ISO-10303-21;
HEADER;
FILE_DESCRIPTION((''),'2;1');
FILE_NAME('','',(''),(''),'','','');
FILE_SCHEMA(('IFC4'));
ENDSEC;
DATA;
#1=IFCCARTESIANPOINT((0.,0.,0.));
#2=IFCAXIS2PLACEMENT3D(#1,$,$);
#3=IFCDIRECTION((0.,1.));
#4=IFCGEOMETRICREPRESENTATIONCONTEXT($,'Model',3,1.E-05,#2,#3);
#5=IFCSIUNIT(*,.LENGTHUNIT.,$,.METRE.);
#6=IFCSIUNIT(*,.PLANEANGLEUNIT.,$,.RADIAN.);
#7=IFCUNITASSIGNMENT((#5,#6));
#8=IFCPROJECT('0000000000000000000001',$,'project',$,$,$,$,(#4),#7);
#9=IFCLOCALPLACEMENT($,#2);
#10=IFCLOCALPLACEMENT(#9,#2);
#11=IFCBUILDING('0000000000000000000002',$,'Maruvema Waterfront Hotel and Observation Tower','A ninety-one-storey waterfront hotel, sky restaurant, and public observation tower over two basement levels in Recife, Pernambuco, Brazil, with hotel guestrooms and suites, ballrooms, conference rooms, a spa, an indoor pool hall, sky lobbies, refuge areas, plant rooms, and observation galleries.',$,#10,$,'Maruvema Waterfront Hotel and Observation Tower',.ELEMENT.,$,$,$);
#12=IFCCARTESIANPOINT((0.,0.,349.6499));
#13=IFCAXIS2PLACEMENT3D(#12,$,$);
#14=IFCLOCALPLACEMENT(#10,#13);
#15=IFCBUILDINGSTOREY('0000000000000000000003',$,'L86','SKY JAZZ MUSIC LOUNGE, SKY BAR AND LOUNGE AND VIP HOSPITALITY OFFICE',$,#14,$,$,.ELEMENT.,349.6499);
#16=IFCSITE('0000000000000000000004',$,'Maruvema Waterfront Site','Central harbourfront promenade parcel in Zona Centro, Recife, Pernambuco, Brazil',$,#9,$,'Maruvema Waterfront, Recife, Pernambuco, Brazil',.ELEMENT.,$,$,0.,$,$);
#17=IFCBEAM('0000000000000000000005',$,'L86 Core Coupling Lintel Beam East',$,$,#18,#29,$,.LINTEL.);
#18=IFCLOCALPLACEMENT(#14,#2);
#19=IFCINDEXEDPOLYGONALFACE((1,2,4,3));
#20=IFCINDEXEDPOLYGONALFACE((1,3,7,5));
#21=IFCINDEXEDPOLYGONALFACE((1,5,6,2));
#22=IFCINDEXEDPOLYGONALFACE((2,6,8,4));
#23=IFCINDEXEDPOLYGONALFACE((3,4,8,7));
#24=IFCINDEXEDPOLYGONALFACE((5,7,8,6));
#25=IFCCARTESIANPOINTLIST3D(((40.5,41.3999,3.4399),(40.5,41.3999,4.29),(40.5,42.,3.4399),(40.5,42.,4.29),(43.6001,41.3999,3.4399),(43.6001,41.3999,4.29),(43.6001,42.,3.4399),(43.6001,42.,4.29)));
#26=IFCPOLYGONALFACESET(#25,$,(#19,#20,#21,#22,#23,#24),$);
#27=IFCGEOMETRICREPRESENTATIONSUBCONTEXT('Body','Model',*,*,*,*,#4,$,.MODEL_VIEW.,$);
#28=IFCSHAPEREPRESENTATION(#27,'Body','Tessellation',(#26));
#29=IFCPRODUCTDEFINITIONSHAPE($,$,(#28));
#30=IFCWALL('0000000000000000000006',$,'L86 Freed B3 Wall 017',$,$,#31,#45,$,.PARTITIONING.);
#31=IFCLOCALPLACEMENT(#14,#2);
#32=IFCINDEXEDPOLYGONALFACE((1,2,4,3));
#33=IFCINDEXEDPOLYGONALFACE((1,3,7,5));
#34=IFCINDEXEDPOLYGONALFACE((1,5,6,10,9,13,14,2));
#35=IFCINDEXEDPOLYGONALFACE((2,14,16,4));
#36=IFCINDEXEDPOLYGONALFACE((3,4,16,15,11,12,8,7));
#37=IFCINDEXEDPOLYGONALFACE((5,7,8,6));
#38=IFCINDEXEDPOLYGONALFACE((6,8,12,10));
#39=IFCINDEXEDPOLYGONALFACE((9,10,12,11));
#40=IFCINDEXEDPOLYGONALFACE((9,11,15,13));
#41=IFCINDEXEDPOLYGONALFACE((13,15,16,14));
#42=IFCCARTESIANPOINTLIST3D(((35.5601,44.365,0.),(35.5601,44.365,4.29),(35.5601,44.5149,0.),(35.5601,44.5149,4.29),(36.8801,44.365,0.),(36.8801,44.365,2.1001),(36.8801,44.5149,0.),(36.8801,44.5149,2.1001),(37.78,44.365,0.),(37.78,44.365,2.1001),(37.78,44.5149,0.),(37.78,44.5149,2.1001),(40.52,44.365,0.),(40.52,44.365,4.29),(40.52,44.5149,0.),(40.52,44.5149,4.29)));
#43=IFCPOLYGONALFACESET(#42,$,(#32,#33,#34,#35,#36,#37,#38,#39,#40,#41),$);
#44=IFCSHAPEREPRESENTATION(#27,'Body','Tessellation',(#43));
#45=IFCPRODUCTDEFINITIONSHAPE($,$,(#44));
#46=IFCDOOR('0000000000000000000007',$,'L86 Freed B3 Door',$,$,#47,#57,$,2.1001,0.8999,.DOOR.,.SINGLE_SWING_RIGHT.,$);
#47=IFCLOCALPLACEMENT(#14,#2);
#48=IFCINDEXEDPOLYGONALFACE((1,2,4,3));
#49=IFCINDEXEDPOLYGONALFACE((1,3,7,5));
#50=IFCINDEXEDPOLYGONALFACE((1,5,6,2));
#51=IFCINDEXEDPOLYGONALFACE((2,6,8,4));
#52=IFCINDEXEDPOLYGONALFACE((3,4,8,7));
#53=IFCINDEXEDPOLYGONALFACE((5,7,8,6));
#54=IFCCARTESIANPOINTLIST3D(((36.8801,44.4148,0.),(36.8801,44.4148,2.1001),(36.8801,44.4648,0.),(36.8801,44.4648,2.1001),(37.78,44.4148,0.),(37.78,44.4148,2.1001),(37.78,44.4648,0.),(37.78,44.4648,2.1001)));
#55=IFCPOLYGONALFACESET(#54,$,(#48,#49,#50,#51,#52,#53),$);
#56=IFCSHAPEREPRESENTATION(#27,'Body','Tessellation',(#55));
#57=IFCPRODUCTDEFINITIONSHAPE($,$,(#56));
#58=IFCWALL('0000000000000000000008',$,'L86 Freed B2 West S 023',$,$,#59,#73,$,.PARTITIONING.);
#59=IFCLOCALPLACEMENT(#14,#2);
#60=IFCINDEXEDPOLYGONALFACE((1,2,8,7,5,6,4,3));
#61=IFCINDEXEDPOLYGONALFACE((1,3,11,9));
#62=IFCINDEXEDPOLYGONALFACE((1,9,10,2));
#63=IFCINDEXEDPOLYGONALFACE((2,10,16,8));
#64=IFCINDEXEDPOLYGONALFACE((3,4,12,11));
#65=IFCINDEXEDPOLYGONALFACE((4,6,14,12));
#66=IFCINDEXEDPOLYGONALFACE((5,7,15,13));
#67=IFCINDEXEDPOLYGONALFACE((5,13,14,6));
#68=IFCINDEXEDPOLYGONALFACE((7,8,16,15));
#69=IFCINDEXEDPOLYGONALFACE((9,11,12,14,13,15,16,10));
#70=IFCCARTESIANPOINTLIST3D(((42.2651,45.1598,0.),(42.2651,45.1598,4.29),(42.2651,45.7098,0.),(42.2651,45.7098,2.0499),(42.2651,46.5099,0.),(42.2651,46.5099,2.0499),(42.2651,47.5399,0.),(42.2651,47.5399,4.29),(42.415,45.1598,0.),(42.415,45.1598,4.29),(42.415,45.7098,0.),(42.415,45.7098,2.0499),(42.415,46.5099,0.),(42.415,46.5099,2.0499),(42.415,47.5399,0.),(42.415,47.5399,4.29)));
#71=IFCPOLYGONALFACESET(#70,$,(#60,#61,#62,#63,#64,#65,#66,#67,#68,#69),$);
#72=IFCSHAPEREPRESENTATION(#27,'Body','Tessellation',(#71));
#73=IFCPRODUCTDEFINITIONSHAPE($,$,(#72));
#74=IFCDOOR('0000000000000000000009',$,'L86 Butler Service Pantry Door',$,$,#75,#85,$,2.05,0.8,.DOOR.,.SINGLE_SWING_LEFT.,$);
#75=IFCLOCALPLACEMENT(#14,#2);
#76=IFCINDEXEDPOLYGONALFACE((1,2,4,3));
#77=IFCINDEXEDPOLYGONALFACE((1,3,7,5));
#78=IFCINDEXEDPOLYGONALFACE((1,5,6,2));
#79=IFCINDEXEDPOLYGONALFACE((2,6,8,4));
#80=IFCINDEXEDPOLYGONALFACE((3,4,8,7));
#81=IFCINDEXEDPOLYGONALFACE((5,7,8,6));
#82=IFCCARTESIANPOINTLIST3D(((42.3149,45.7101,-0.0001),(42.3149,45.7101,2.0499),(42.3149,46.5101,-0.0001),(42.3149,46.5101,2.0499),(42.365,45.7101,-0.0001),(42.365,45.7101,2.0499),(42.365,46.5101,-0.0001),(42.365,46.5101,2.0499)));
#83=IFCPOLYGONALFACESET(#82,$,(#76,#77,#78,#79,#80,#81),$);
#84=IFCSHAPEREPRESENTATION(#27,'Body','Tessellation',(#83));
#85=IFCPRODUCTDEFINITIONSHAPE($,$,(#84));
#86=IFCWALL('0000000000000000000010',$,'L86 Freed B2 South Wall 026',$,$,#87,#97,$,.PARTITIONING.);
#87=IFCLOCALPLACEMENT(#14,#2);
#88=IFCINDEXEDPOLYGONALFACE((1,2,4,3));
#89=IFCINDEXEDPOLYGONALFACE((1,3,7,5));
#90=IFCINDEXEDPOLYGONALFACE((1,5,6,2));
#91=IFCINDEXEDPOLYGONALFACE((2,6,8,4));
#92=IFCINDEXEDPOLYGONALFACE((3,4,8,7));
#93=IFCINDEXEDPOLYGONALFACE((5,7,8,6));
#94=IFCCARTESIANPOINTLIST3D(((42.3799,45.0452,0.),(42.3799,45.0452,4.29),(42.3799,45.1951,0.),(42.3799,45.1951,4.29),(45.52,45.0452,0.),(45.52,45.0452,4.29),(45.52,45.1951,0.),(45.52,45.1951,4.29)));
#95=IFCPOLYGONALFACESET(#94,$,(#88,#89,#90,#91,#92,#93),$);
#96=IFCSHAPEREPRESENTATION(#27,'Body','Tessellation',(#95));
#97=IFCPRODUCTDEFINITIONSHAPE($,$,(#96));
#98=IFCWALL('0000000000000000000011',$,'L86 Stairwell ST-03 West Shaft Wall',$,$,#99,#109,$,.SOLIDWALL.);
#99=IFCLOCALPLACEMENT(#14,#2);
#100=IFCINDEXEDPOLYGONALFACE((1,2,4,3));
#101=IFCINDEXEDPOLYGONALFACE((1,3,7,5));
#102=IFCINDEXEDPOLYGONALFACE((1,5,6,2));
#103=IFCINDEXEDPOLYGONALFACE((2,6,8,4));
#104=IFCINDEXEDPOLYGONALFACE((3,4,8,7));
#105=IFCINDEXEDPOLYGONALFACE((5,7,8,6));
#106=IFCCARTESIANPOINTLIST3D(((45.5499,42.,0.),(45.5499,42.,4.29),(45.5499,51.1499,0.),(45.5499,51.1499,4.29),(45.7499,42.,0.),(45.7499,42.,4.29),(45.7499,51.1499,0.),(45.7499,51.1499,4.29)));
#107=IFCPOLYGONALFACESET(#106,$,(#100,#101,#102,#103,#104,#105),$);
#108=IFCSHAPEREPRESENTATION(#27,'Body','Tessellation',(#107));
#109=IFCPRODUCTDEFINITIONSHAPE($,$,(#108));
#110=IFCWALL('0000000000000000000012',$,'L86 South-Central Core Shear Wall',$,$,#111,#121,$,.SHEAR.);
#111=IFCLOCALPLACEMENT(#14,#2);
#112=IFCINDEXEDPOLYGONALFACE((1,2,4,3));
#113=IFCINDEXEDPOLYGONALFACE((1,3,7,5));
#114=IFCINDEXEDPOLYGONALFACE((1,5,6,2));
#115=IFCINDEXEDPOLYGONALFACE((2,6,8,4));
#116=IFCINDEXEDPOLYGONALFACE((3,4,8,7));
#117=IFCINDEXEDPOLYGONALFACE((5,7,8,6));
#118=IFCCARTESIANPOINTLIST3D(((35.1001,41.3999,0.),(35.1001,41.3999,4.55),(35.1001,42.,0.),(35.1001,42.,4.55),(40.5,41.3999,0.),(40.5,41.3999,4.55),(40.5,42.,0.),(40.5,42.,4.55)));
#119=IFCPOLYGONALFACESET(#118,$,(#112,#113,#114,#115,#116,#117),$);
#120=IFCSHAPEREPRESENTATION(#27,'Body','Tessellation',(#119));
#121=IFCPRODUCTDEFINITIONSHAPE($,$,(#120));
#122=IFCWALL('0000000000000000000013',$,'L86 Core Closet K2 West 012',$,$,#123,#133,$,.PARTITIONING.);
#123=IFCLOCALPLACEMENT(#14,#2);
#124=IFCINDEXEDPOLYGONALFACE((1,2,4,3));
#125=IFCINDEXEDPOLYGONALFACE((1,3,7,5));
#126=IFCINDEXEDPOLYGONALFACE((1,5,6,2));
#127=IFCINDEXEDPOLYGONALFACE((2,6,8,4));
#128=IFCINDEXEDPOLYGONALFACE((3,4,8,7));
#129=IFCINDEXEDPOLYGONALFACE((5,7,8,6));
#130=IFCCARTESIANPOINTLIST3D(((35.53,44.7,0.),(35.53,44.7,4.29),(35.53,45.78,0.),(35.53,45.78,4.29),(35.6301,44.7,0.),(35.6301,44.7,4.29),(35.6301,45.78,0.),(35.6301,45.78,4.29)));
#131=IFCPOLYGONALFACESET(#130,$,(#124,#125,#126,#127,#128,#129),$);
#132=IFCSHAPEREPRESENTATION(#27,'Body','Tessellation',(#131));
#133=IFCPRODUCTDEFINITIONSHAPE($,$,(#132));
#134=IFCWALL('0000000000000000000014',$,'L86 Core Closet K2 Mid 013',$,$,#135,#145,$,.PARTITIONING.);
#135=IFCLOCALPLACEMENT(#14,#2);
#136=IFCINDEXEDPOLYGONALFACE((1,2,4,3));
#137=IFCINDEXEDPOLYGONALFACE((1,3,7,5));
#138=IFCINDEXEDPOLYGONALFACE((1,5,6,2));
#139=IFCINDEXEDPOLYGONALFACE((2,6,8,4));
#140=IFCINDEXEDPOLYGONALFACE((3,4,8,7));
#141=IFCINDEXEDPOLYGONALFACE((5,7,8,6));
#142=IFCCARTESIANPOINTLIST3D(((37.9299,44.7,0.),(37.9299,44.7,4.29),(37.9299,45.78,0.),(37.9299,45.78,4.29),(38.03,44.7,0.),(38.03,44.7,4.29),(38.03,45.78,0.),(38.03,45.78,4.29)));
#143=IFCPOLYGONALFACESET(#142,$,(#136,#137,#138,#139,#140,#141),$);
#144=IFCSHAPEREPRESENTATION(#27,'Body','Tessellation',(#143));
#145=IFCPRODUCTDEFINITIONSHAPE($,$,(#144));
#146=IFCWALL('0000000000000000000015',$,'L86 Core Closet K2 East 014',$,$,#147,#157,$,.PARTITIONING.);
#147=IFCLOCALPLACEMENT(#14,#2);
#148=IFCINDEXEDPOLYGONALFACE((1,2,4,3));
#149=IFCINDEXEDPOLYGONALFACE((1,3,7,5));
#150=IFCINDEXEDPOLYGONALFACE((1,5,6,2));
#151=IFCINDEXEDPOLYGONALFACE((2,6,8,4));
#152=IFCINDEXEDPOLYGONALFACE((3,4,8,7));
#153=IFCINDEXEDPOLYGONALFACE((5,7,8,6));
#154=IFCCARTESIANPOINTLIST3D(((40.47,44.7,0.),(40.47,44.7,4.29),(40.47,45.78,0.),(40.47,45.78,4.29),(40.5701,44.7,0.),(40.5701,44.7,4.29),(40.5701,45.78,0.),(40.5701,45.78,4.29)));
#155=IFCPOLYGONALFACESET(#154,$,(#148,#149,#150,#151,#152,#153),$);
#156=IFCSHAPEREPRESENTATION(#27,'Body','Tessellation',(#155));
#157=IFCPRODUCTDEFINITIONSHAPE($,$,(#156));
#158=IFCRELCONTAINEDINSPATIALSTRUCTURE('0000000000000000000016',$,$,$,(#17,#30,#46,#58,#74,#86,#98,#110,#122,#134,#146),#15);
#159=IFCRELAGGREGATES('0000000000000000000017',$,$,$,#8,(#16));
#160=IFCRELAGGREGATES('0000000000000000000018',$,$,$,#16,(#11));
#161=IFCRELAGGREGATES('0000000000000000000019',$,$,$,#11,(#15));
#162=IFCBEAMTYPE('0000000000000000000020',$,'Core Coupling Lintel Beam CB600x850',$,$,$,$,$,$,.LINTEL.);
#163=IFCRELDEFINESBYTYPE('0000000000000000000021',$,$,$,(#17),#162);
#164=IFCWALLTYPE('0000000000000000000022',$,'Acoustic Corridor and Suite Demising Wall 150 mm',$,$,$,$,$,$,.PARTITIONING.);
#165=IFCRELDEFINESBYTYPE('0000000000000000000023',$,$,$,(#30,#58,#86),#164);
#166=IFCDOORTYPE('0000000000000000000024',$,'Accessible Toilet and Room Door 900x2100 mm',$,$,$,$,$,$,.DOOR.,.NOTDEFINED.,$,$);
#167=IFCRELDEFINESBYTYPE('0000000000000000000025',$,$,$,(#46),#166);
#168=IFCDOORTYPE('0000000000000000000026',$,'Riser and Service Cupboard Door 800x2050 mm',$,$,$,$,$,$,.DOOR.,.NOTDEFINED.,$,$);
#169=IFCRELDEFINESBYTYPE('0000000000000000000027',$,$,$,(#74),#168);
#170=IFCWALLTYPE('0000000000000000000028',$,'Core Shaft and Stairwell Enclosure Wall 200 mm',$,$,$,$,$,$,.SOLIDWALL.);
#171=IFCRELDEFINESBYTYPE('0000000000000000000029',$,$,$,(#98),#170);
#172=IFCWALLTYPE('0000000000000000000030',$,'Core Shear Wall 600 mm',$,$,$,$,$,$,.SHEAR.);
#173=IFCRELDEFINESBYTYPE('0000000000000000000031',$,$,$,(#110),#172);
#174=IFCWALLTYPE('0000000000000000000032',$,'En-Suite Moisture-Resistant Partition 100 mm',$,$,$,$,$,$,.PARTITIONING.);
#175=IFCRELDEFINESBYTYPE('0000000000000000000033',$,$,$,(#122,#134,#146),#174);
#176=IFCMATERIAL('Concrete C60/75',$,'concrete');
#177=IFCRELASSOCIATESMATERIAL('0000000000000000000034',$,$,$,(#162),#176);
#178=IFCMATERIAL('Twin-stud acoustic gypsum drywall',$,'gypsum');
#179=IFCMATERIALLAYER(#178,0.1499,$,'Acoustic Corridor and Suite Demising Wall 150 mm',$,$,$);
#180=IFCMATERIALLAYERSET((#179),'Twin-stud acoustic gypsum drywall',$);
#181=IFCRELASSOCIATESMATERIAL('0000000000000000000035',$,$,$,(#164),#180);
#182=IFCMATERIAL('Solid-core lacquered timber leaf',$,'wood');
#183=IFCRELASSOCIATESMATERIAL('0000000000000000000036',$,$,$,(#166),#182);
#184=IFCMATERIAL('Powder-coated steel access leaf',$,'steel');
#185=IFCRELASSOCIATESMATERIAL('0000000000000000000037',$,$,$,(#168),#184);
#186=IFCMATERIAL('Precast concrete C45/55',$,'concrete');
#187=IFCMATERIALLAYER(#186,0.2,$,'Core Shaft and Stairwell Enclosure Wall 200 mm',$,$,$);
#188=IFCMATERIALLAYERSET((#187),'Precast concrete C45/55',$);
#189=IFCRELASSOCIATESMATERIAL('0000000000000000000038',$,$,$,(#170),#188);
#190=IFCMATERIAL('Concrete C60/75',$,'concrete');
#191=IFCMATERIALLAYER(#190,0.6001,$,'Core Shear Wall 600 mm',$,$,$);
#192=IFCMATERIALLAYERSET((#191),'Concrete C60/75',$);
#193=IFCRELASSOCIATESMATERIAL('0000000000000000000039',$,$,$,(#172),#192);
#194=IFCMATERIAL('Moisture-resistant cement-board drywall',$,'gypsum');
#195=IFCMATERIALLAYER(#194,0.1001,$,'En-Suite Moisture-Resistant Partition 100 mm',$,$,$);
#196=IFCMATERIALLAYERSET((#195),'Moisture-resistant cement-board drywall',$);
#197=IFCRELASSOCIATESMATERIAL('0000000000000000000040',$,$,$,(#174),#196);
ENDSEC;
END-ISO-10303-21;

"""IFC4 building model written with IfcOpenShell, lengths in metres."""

from ifc_helpers import new_model, si_unit, direction, frame, frame_2d, origin, origin_2d, place, context, subcontext, project, spatial, rectangle, extrude, material, layer, layer_set, material_profile, profile_set, type_object, element, fill, save


model = new_model("IFC4")

# Units and contexts
model_context = context("Model", 3, precision=1e-05, world=origin(), true_north=direction((0.0, 1.0)))
body_context = subcontext(model_context, "Body", "Model", "MODEL_VIEW")
ifc_project = project(units=[si_unit("LENGTHUNIT", "METRE"), si_unit("PLANEANGLEUNIT", "RADIAN")], contexts=[model_context])

# Site, building, storey
site_placement = place(None, origin())
site = spatial("IfcSite", under=ifc_project, at=site_placement, Name="Maruvema Waterfront Site", Description="Central harbourfront promenade parcel in Zona Centro, Recife, Pernambuco, Brazil", LongName="Maruvema Waterfront, Recife, Pernambuco, Brazil", CompositionType="ELEMENT", RefElevation=0.0)
building_placement = place(site_placement, origin())
building = spatial("IfcBuilding", under=site, at=building_placement, Name="Maruvema Waterfront Hotel and Observation Tower", Description="A ninety-one-storey waterfront hotel, sky restaurant, and public observation tower over two basement levels in Recife, Pernambuco, Brazil, with hotel guestrooms and suites, ballrooms, conference rooms, a spa, an indoor pool hall, sky lobbies, refuge areas, plant rooms, and observation galleries.", LongName="Maruvema Waterfront Hotel and Observation Tower", CompositionType="ELEMENT")
storey_placement = place(building_placement, frame((0.0, 0.0, 349.6499)))
storey = spatial("IfcBuildingStorey", under=building, at=storey_placement, Name="L86", Description="SKY JAZZ MUSIC LOUNGE, SKY BAR AND LOUNGE AND VIP HOSPITALITY OFFICE", CompositionType="ELEMENT", Elevation=349.6499)

# Beam
ifc_material_1 = material(Name="Concrete C60/75", Category="concrete")
ifc_material_profile = material_profile(ifc_material_1, rectangle(XDim=0.6001, YDim=0.8501, at=origin_2d()), Name="CB600x850")
ifc_profile_set = profile_set([ifc_material_profile], Name="Concrete C60/75")
beam_type = type_object("IfcBeamType", Name="Core Coupling Lintel Beam CB600x850", PredefinedType="LINTEL", material=ifc_profile_set)
beam_placement = place(storey_placement, frame((40.5, 41.7, 3.865), z_axis=(1.0, 0.0, 0.0), x_axis=(0.0, 1.0, 0.0)))
element("IfcBeam", 1, at=beam_placement, inside=storey, type_object=beam_type, Name="L86 Core Coupling Lintel Beam East", PredefinedType="LINTEL", context=body_context, shape_type="SweptSolid", body=[
    extrude(rectangle(XDim=0.6001, YDim=0.8501, at=origin_2d()), origin(), (0.0, 0.0, 1.0), 3.1001),
])

# Walls, openings, doors
ifc_material_2 = material(Name="Twin-stud acoustic gypsum drywall", Category="gypsum")
ifc_layer_1 = layer(ifc_material_2, 0.1499, Name="Acoustic Corridor and Suite Demising Wall 150 mm")
ifc_layer_set_1 = layer_set([ifc_layer_1], Name="Twin-stud acoustic gypsum drywall")
wall_type_1 = type_object("IfcWallType", Name="Acoustic Corridor and Suite Demising Wall 150 mm", PredefinedType="PARTITIONING", material=ifc_layer_set_1)
wall_1_placement = place(storey_placement, frame((35.5601, 44.4399, 0.0), z_axis=(0.0, 0.0, 1.0), x_axis=(1.0, 0.0, 0.0)))
wall_1 = element("IfcWall", 2, at=wall_1_placement, inside=storey, type_object=wall_type_1, Name="L86 Freed B3 Wall 017", PredefinedType="PARTITIONING", context=body_context, shape_type="SweptSolid", body=[
    extrude(rectangle(XDim=4.96, YDim=0.1499, at=frame_2d((2.48, 0.0))), origin(), (0.0, 0.0, 1.0), 4.29),
])
opening_1_placement = place(wall_1_placement, frame((1.3201, 0.0, 0.0)))
opening_1 = element("IfcOpeningElement", 3, at=opening_1_placement, cuts=wall_1, PredefinedType="OPENING", context=body_context, shape_type="SweptSolid", body=[
    extrude(rectangle(XDim=0.8999, YDim=2.1001, at=frame_2d((0.45, 1.05))), frame((0.0, 0.085, 0.0), z_axis=(0.0, -1.0, 0.0), x_axis=(1.0, 0.0, 0.0)), (0.0, 0.0, 1.0), 0.1699),
])
ifc_material_3 = material(Name="Solid-core lacquered timber leaf", Category="wood")
door_type_1 = type_object("IfcDoorType", Name="Accessible Toilet and Room Door 900x2100 mm", OperationType="NOTDEFINED", PredefinedType="DOOR", material=ifc_material_3)
door_1_placement = place(opening_1_placement, origin())
door_1 = element("IfcDoor", 4, at=door_1_placement, inside=storey, type_object=door_type_1, Name="L86 Freed B3 Door", OperationType="SINGLE_SWING_RIGHT", OverallHeight=2.1001, OverallWidth=0.8999, PredefinedType="DOOR", context=body_context, shape_type="SweptSolid", body=[
    extrude(rectangle(XDim=0.8999, YDim=2.1001, at=frame_2d((0.45, 1.05))), frame((0.0, 0.0249, 0.0), z_axis=(0.0, -1.0, 0.0), x_axis=(1.0, 0.0, 0.0)), (0.0, 0.0, 1.0), 0.05),
])
fill(opening_1, door_1)
wall_2_placement = place(storey_placement, frame((42.3401, 45.1599, 0.0), z_axis=(0.0, 0.0, 1.0), x_axis=(0.0, 1.0, 0.0)))
wall_2 = element("IfcWall", 5, at=wall_2_placement, inside=storey, type_object=wall_type_1, Name="L86 Freed B2 West S 023", PredefinedType="PARTITIONING", context=body_context, shape_type="SweptSolid", body=[
    extrude(rectangle(XDim=2.3801, YDim=0.1499, at=frame_2d((1.1899, 0.0))), origin(), (0.0, 0.0, 1.0), 4.29),
])
opening_2_placement = place(wall_2_placement, frame((0.55, 0.0, 0.0)))
opening_2 = element("IfcOpeningElement", 6, at=opening_2_placement, cuts=wall_2, PredefinedType="OPENING", context=body_context, shape_type="SweptSolid", body=[
    extrude(rectangle(XDim=0.8, YDim=2.05, at=frame_2d((0.3999, 1.0249))), frame((0.0, 0.085, 0.0), z_axis=(0.0, -1.0, 0.0), x_axis=(1.0, 0.0, 0.0)), (0.0, 0.0, 1.0), 0.1699),
])
ifc_material_4 = material(Name="Powder-coated steel access leaf", Category="steel")
door_type_2 = type_object("IfcDoorType", Name="Riser and Service Cupboard Door 800x2050 mm", OperationType="NOTDEFINED", PredefinedType="DOOR", material=ifc_material_4)
door_2_placement = place(opening_2_placement, frame((0.8, 0.0, 0.0), z_axis=(0.0, 0.0, 1.0), x_axis=(-1.0, 0.0, 0.0)))
door_2 = element("IfcDoor", 7, at=door_2_placement, inside=storey, type_object=door_type_2, Name="L86 Butler Service Pantry Door", OperationType="SINGLE_SWING_LEFT", OverallHeight=2.05, OverallWidth=0.8, PredefinedType="DOOR", context=body_context, shape_type="SweptSolid", body=[
    extrude(rectangle(XDim=0.8, YDim=2.05, at=frame_2d((0.3999, 1.0249))), frame((0.0, 0.0249, 0.0), z_axis=(0.0, -1.0, 0.0), x_axis=(1.0, 0.0, 0.0)), (0.0, 0.0, 1.0), 0.05),
])
fill(opening_2, door_2)

# Walls
wall_3_placement = place(storey_placement, frame((42.3799, 45.1201, 0.0), z_axis=(0.0, 0.0, 1.0), x_axis=(1.0, 0.0, 0.0)))
element("IfcWall", 8, at=wall_3_placement, inside=storey, type_object=wall_type_1, Name="L86 Freed B2 South Wall 026", PredefinedType="PARTITIONING", context=body_context, shape_type="SweptSolid", body=[
    extrude(rectangle(XDim=3.1401, YDim=0.1499, at=frame_2d((1.5701, 0.0))), origin(), (0.0, 0.0, 1.0), 4.29),
])
ifc_material_5 = material(Name="Precast concrete C45/55", Category="concrete")
ifc_layer_2 = layer(ifc_material_5, 0.2, Name="Core Shaft and Stairwell Enclosure Wall 200 mm")
ifc_layer_set_2 = layer_set([ifc_layer_2], Name="Precast concrete C45/55")
wall_type_2 = type_object("IfcWallType", Name="Core Shaft and Stairwell Enclosure Wall 200 mm", PredefinedType="SOLIDWALL", material=ifc_layer_set_2)
wall_4_placement = place(storey_placement, frame((45.6499, 42.0, 0.0), z_axis=(0.0, 0.0, 1.0), x_axis=(0.0, 1.0, 0.0)))
element("IfcWall", 9, at=wall_4_placement, inside=storey, type_object=wall_type_2, Name="L86 Stairwell ST-03 West Shaft Wall", PredefinedType="SOLIDWALL", context=body_context, shape_type="SweptSolid", body=[
    extrude(rectangle(XDim=9.1499, YDim=0.2, at=frame_2d((4.575, 0.0))), origin(), (0.0, 0.0, 1.0), 4.29),
])
ifc_material_6 = material(Name="Concrete C60/75", Category="concrete")
ifc_layer_3 = layer(ifc_material_6, 0.6001, Name="Core Shear Wall 600 mm")
ifc_layer_set_3 = layer_set([ifc_layer_3], Name="Concrete C60/75")
wall_type_3 = type_object("IfcWallType", Name="Core Shear Wall 600 mm", PredefinedType="SHEAR", material=ifc_layer_set_3)
wall_5_placement = place(storey_placement, frame((35.1001, 41.7, 0.0), z_axis=(0.0, 0.0, 1.0), x_axis=(1.0, 0.0, 0.0)))
element("IfcWall", 10, at=wall_5_placement, inside=storey, type_object=wall_type_3, Name="L86 South-Central Core Shear Wall", PredefinedType="SHEAR", context=body_context, shape_type="SweptSolid", body=[
    extrude(rectangle(XDim=5.3999, YDim=0.6001, at=frame_2d((2.7, 0.0))), origin(), (0.0, 0.0, 1.0), 4.55),
])

# Walls
ifc_material_7 = material(Name="Moisture-resistant cement-board drywall", Category="gypsum")
ifc_layer_4 = layer(ifc_material_7, 0.1001, Name="En-Suite Moisture-Resistant Partition 100 mm")
ifc_layer_set_4 = layer_set([ifc_layer_4], Name="Moisture-resistant cement-board drywall")
wall_type_4 = type_object("IfcWallType", Name="En-Suite Moisture-Resistant Partition 100 mm", PredefinedType="PARTITIONING", material=ifc_layer_set_4)
for number, where, z_axis, x_axis, name in (
    (11, (35.5801, 44.7, 0.0), (0.0, 0.0, 1.0), (0.0, 1.0, 0.0), "L86 Core Closet K2 West 012"),
    (12, (37.98, 44.7, 0.0), (0.0, 0.0, 1.0), (0.0, 1.0, 0.0), "L86 Core Closet K2 Mid 013"),
    (13, (40.52, 44.7, 0.0), (0.0, 0.0, 1.0), (0.0, 1.0, 0.0), "L86 Core Closet K2 East 014"),
):
    element("IfcWall", number, at=place(storey_placement, frame(where, z_axis=z_axis, x_axis=x_axis)), inside=storey, type_object=wall_type_4, Name=name, PredefinedType="PARTITIONING", context=body_context, shape_type="SweptSolid", body=[
        extrude(rectangle(XDim=1.0801, YDim=0.1001, at=frame_2d((0.54, 0.0))), origin(), (0.0, 0.0, 1.0), 4.29),
    ])

save(model, "model.ifc")
